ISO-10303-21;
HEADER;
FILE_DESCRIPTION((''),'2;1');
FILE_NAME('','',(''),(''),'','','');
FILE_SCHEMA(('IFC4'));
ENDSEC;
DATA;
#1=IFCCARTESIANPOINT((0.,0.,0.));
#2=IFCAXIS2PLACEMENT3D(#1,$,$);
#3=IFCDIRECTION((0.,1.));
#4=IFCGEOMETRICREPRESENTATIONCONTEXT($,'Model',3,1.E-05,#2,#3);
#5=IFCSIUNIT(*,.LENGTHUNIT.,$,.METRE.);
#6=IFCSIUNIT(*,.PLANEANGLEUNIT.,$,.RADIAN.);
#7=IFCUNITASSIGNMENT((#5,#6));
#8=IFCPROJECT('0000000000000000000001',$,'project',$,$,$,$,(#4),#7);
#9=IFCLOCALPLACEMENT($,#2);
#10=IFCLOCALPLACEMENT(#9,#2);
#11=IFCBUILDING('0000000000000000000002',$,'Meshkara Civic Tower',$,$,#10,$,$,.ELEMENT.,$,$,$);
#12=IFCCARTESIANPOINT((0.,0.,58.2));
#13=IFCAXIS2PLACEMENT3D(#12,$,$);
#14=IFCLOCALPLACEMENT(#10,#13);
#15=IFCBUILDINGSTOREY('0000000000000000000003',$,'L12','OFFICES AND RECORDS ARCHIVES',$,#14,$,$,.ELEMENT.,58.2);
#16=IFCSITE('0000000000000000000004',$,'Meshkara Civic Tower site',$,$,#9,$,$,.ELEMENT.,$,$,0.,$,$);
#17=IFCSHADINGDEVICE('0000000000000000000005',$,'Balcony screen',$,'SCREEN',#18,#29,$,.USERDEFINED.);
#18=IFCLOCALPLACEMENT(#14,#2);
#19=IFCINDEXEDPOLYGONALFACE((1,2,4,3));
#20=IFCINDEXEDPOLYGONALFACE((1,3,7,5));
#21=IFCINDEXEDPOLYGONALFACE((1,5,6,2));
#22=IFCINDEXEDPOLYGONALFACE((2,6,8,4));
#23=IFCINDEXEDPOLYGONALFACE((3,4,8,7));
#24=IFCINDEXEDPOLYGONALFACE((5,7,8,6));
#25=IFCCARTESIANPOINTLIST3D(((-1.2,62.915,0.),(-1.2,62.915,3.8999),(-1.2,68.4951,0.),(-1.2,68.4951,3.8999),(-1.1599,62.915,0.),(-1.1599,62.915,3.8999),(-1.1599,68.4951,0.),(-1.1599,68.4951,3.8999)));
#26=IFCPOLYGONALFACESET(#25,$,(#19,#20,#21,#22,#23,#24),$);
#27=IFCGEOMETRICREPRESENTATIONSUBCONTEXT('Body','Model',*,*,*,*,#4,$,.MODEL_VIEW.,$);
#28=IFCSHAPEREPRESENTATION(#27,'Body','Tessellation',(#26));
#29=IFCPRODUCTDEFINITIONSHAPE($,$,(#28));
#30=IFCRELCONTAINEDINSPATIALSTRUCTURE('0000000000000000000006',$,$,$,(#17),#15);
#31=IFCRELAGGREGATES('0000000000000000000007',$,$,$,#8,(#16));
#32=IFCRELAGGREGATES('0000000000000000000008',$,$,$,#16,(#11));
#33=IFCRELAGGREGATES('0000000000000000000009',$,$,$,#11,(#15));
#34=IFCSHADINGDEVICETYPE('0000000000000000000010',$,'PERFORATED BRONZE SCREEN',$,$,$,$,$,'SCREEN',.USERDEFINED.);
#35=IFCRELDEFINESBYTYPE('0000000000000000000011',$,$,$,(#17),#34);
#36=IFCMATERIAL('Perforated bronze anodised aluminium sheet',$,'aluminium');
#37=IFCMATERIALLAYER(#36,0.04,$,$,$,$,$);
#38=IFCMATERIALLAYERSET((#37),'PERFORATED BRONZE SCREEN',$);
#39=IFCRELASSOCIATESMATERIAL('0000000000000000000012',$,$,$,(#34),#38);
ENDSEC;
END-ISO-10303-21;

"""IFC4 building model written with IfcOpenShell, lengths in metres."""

from ifc_helpers import new_model, si_unit, direction, frame, origin, origin_2d, place, context, subcontext, project, spatial, rectangle, extrude, material, layer, layer_set, type_object, element, save


model = new_model("IFC4")

# Units and contexts
model_context = context("Model", 3, precision=1e-05, world=origin(), true_north=direction((0.0, 1.0)))
body_context = subcontext(model_context, "Body", "Model", "MODEL_VIEW")
ifc_project = project(units=[si_unit("LENGTHUNIT", "METRE"), si_unit("PLANEANGLEUNIT", "RADIAN")], contexts=[model_context])

# Site, building, storey
site_placement = place(None, origin())
site = spatial("IfcSite", under=ifc_project, at=site_placement, Name="Meshkara Civic Tower site", CompositionType="ELEMENT", RefElevation=0.0)
building_placement = place(site_placement, origin())
building = spatial("IfcBuilding", under=site, at=building_placement, Name="Meshkara Civic Tower", CompositionType="ELEMENT")
storey_placement = place(building_placement, frame((0.0, 0.0, 58.2)))
storey = spatial("IfcBuildingStorey", under=building, at=storey_placement, Name="L12", Description="OFFICES AND RECORDS ARCHIVES", CompositionType="ELEMENT", Elevation=58.2)

# Shading device
ifc_material_1 = material(Name="Perforated bronze anodised aluminium sheet", Category="aluminium")
ifc_layer_1 = layer(ifc_material_1, 0.04)
ifc_layer_set_1 = layer_set([ifc_layer_1], Name="PERFORATED BRONZE SCREEN")
shading_device_type = type_object("IfcShadingDeviceType", Name="PERFORATED BRONZE SCREEN", ElementType="SCREEN", PredefinedType="USERDEFINED", material=ifc_layer_set_1)
shading_device_placement = place(storey_placement, frame((-1.1799, 65.7051, 0.0), z_axis=(0.0, 0.0, 1.0), x_axis=(0.0, -1.0, 0.0)))
element("IfcShadingDevice", 1, at=shading_device_placement, inside=storey, type_object=shading_device_type, Name="Balcony screen", ObjectType="SCREEN", PredefinedType="USERDEFINED", context=body_context, shape_type="SweptSolid", body=[
    extrude(rectangle(XDim=5.5801, YDim=0.04, at=origin_2d()), origin(), (0.0, 0.0, 1.0), 3.8999),
])

save(model, "model.ifc")
